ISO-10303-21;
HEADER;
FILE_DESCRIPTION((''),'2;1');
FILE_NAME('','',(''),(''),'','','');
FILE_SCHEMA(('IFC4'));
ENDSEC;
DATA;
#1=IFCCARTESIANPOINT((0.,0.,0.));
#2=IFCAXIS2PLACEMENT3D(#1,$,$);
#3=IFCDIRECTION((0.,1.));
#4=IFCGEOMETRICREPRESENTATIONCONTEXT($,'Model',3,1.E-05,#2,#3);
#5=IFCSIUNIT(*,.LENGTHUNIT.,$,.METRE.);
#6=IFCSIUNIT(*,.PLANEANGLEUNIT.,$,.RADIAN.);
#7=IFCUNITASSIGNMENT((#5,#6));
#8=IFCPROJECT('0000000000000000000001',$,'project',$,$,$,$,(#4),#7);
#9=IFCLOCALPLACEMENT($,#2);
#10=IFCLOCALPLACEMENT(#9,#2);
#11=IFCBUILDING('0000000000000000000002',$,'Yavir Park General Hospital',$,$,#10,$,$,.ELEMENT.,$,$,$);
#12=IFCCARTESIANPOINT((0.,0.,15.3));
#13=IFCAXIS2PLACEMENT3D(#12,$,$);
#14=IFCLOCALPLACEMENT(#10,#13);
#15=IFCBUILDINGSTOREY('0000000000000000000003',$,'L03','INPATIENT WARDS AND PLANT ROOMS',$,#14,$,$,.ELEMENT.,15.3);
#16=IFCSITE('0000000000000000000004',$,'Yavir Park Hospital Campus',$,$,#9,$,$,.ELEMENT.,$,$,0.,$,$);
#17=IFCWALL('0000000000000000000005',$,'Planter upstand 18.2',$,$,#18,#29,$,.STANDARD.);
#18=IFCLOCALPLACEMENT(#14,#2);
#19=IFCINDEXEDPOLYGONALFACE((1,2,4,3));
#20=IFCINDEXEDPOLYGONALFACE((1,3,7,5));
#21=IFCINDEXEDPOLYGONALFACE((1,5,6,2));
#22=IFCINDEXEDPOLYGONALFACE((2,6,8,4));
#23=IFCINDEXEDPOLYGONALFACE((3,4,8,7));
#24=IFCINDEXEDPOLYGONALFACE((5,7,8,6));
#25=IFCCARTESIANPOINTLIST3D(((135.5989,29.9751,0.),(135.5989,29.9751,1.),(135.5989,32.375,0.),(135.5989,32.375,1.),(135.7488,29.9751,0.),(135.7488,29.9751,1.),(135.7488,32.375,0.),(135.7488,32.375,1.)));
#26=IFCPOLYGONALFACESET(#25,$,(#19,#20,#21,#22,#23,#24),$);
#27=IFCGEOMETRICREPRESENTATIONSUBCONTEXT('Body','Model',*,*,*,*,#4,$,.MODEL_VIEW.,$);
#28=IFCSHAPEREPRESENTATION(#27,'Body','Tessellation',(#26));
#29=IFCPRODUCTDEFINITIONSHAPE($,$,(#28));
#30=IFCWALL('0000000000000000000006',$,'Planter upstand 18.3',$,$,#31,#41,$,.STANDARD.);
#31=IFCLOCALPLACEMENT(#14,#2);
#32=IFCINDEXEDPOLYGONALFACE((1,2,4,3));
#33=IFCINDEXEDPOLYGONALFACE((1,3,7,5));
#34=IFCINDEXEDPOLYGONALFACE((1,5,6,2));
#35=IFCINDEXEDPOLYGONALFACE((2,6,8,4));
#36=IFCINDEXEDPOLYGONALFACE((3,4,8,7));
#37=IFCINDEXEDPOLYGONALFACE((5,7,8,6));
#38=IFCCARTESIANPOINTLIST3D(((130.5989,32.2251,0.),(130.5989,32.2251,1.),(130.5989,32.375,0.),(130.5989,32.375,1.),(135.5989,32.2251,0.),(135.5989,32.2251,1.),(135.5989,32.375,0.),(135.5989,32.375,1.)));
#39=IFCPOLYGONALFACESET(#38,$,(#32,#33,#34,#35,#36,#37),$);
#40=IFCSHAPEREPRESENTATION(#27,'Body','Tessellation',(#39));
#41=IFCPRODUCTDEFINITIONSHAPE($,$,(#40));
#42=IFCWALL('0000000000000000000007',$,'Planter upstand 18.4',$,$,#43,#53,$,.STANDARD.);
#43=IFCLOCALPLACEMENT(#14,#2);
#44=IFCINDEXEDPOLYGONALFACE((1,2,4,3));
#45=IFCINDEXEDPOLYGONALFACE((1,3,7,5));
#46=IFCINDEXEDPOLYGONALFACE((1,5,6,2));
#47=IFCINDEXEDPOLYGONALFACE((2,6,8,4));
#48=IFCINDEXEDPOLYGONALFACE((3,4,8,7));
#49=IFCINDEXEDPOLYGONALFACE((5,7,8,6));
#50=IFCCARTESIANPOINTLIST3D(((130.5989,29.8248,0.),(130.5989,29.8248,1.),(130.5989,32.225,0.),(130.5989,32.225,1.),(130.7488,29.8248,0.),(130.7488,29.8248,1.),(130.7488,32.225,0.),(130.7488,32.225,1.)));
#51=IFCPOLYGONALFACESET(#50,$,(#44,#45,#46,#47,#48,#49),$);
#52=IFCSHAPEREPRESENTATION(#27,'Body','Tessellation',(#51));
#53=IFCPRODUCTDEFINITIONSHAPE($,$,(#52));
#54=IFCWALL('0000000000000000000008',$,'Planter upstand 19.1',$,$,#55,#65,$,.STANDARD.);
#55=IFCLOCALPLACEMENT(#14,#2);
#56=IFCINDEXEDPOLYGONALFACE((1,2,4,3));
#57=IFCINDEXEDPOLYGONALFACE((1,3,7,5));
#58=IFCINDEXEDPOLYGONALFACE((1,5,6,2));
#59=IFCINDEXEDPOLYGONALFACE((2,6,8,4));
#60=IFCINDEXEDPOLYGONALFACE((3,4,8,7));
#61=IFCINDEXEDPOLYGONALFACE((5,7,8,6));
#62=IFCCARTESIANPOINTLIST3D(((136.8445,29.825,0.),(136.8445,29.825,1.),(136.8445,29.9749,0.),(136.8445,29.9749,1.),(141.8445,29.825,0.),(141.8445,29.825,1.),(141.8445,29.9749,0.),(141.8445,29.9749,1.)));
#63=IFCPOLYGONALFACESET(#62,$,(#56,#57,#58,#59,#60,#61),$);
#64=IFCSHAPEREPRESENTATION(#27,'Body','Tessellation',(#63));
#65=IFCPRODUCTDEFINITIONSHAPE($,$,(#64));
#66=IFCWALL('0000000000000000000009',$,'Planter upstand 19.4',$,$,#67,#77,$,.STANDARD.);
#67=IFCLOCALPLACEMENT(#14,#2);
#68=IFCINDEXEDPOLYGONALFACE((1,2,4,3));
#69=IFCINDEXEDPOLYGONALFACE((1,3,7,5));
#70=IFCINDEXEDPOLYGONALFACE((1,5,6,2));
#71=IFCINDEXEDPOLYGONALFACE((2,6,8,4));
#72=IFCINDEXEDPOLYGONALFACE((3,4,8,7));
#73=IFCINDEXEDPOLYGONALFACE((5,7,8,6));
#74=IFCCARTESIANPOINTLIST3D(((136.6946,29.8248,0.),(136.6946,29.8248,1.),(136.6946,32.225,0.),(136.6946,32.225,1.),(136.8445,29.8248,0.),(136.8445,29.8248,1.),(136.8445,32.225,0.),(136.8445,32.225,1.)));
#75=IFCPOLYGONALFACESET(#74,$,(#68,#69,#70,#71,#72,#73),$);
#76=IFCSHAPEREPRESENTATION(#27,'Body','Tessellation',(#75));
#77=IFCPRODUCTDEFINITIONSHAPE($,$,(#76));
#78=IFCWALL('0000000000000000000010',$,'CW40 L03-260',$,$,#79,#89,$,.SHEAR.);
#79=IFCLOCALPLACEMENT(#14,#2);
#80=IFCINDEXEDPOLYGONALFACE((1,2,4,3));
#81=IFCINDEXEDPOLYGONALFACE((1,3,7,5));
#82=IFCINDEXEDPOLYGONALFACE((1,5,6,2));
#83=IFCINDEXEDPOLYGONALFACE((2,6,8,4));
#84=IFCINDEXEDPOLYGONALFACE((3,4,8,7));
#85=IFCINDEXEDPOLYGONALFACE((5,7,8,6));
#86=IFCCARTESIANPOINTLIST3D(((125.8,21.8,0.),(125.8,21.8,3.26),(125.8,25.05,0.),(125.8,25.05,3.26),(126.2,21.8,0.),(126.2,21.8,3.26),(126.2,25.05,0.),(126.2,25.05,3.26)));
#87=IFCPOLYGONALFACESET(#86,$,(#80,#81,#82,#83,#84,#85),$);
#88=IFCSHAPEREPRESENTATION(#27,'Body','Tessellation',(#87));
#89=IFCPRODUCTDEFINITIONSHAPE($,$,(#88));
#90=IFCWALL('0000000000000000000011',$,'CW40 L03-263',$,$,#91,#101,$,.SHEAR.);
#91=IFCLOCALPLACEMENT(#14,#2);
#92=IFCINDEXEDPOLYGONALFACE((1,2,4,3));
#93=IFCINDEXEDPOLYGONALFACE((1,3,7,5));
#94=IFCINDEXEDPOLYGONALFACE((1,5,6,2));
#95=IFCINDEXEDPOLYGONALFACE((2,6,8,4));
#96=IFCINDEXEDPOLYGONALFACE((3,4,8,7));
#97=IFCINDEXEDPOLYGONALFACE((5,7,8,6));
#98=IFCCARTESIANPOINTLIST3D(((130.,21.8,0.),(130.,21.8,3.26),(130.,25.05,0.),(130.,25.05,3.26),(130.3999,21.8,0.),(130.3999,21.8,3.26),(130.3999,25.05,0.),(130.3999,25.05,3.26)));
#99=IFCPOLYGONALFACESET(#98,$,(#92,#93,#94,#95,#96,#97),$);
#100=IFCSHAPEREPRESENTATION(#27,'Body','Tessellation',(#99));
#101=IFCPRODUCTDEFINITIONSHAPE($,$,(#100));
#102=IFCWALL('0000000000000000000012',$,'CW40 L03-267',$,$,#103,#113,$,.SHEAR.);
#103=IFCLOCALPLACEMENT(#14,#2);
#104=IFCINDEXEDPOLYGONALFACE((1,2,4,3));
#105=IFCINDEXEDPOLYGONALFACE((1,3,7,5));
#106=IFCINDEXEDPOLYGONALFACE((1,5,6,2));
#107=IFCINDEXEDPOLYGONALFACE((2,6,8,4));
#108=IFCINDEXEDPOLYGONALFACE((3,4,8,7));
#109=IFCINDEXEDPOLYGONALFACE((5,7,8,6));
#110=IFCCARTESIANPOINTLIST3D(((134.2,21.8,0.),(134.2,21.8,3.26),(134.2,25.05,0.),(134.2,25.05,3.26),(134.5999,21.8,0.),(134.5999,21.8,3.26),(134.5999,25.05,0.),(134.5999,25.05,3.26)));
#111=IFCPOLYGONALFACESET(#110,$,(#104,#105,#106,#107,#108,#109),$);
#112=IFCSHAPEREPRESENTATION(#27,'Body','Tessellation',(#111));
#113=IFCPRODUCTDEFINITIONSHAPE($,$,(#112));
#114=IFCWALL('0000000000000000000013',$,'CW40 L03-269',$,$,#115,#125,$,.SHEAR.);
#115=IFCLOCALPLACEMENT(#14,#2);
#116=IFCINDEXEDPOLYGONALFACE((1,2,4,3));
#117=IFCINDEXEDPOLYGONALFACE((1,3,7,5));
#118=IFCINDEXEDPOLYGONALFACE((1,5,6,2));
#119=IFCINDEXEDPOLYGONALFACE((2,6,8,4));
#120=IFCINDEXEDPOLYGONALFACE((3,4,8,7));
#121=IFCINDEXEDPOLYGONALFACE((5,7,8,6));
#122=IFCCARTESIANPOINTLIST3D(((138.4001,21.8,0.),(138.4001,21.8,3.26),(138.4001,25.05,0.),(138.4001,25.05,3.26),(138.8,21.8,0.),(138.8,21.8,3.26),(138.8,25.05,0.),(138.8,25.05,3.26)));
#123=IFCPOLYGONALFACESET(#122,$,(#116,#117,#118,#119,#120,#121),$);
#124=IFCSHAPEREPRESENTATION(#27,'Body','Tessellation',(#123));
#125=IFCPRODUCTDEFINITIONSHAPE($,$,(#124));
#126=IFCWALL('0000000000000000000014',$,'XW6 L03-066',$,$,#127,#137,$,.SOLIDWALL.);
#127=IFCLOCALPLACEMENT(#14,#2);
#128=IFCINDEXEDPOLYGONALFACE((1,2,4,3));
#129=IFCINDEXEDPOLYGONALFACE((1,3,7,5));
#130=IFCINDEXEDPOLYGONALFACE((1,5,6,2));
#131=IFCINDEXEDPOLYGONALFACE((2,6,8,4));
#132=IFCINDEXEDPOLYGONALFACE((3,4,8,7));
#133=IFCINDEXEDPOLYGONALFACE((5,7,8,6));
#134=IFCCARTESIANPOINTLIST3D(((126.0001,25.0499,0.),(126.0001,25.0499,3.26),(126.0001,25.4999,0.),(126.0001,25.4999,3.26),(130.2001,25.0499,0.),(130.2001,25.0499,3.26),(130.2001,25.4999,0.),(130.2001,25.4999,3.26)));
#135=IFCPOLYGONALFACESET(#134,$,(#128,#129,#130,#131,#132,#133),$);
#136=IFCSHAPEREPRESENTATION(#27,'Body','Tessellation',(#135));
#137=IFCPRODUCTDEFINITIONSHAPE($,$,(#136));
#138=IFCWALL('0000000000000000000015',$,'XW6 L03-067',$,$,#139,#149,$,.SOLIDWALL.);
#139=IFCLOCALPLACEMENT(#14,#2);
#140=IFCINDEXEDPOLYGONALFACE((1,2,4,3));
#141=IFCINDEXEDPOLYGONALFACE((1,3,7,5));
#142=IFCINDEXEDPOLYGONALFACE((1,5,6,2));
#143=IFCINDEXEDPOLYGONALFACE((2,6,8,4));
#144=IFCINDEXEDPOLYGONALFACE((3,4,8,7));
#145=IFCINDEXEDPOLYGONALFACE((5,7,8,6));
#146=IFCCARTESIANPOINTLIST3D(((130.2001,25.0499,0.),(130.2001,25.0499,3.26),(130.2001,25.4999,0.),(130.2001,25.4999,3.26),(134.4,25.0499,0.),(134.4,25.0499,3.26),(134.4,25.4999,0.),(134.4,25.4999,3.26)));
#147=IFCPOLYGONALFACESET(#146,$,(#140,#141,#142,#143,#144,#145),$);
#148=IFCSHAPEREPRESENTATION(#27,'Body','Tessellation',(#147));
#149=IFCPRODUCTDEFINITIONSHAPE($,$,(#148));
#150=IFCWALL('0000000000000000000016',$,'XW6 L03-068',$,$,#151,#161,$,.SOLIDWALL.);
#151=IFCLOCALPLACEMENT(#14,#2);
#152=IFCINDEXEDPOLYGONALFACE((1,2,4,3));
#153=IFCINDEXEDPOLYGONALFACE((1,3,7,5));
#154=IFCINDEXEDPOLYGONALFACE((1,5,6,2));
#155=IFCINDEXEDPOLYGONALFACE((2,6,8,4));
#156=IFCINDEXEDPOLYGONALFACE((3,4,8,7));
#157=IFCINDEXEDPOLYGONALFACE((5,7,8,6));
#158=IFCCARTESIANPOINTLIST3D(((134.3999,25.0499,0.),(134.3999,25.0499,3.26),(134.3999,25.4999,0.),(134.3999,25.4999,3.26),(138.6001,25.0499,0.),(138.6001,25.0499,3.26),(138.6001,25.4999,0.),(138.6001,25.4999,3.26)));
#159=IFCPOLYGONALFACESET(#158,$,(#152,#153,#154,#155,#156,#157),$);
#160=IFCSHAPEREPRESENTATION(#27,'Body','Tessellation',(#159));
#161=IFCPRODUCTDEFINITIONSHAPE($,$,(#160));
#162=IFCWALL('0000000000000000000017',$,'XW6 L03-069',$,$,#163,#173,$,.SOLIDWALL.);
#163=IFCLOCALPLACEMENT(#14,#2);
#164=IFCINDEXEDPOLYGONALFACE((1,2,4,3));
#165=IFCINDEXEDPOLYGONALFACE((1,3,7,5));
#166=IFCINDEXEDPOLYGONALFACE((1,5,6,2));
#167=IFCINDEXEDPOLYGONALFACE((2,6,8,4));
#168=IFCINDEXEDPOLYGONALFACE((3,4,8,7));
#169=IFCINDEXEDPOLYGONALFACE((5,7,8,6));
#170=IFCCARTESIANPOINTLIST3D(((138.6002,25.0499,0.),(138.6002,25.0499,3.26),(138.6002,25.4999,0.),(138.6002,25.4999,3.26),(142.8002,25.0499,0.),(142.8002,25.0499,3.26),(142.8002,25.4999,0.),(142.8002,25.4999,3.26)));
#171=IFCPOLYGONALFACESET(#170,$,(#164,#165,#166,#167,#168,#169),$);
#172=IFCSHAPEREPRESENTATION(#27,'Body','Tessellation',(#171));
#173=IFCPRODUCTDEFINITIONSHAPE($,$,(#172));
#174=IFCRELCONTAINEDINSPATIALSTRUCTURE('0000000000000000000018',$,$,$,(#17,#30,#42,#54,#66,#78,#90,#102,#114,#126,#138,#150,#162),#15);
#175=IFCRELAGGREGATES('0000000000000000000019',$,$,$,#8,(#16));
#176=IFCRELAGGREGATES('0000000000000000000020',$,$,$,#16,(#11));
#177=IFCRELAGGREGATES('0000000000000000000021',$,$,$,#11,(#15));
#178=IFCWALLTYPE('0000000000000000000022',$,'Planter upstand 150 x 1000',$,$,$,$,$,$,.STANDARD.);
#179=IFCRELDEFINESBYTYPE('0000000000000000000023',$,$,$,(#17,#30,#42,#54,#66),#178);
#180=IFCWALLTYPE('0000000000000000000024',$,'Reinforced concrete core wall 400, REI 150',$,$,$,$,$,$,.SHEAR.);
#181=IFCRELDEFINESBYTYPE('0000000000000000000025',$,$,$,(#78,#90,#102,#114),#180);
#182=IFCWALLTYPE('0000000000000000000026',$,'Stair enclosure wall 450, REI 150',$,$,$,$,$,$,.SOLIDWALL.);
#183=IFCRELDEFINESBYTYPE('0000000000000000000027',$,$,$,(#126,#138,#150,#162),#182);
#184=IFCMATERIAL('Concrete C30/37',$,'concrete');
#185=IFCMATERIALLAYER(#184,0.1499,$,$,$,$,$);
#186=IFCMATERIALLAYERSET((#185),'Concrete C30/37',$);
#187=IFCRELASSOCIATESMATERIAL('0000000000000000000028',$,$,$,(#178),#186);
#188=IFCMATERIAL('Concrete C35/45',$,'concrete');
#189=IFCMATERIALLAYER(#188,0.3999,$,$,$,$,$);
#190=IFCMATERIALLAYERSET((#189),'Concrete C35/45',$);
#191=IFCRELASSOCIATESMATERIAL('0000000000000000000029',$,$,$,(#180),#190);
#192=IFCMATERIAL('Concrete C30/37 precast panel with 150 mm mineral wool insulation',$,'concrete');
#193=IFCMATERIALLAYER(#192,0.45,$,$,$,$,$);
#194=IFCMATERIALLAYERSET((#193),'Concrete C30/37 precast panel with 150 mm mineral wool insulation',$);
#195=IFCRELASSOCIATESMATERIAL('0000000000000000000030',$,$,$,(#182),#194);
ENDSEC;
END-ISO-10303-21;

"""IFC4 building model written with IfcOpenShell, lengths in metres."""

from ifc_helpers import new_model, si_unit, direction, frame, frame_2d, origin, place, context, subcontext, project, spatial, rectangle, extrude, material, layer, layer_set, type_object, element, save


model = new_model("IFC4")

# Units and contexts
model_context = context("Model", 3, precision=1e-05, world=origin(), true_north=direction((0.0, 1.0)))
body_context = subcontext(model_context, "Body", "Model", "MODEL_VIEW")
ifc_project = project(units=[si_unit("LENGTHUNIT", "METRE"), si_unit("PLANEANGLEUNIT", "RADIAN")], contexts=[model_context])

# Site, building, storey
site_placement = place(None, origin())
site = spatial("IfcSite", under=ifc_project, at=site_placement, Name="Yavir Park Hospital Campus", CompositionType="ELEMENT", RefElevation=0.0)
building_placement = place(site_placement, origin())
building = spatial("IfcBuilding", under=site, at=building_placement, Name="Yavir Park General Hospital", CompositionType="ELEMENT")
storey_placement = place(building_placement, frame((0.0, 0.0, 15.3)))
storey = spatial("IfcBuildingStorey", under=building, at=storey_placement, Name="L03", Description="INPATIENT WARDS AND PLANT ROOMS", CompositionType="ELEMENT", Elevation=15.3)

# Walls
ifc_material_1 = material(Name="Concrete C30/37", Category="concrete")
ifc_layer_1 = layer(ifc_material_1, 0.1499)
ifc_layer_set_1 = layer_set([ifc_layer_1], Name="Concrete C30/37")
wall_type_1 = type_object("IfcWallType", Name="Planter upstand 150 x 1000", PredefinedType="STANDARD", material=ifc_layer_set_1)
wall_1_placement = place(storey_placement, frame((135.6738, 29.9751, 0.0), z_axis=(0.0, 0.0, 1.0), x_axis=(0.0, 1.0, 0.0)))
element("IfcWall", 1, at=wall_1_placement, inside=storey, type_object=wall_type_1, Name="Planter upstand 18.2", PredefinedType="STANDARD", context=body_context, shape_type="SweptSolid", body=[
    extrude(rectangle(XDim=2.3999, YDim=0.1499, at=frame_2d((1.2, 0.0))), origin(), (0.0, 0.0, 1.0), 1.0),
])
wall_2_placement = place(storey_placement, frame((135.5989, 32.3, 0.0), z_axis=(0.0, 0.0, 1.0), x_axis=(-1.0, 0.0, 0.0)))
element("IfcWall", 2, at=wall_2_placement, inside=storey, type_object=wall_type_1, Name="Planter upstand 18.3", PredefinedType="STANDARD", context=body_context, shape_type="SweptSolid", body=[
    extrude(rectangle(XDim=5.0, YDim=0.1499, at=frame_2d((2.5, 0.0))), origin(), (0.0, 0.0, 1.0), 1.0),
])
wall_3_placement = place(storey_placement, frame((130.6738, 32.2251, 0.0), z_axis=(0.0, 0.0, 1.0), x_axis=(0.0, -1.0, 0.0)))
element("IfcWall", 3, at=wall_3_placement, inside=storey, type_object=wall_type_1, Name="Planter upstand 18.4", PredefinedType="STANDARD", context=body_context, shape_type="SweptSolid", body=[
    extrude(rectangle(XDim=2.4001, YDim=0.1499, at=frame_2d((1.2002, 0.0))), origin(), (0.0, 0.0, 1.0), 1.0),
])
wall_4_placement = place(storey_placement, frame((136.8445, 29.8999, 0.0), z_axis=(0.0, 0.0, 1.0), x_axis=(1.0, 0.0, 0.0)))
element("IfcWall", 4, at=wall_4_placement, inside=storey, type_object=wall_type_1, Name="Planter upstand 19.1", PredefinedType="STANDARD", context=body_context, shape_type="SweptSolid", body=[
    extrude(rectangle(XDim=5.0, YDim=0.1499, at=frame_2d((2.5, 0.0))), origin(), (0.0, 0.0, 1.0), 1.0),
])
wall_5_placement = place(storey_placement, frame((136.7695, 32.2251, 0.0), z_axis=(0.0, 0.0, 1.0), x_axis=(0.0, -1.0, 0.0)))
element("IfcWall", 5, at=wall_5_placement, inside=storey, type_object=wall_type_1, Name="Planter upstand 19.4", PredefinedType="STANDARD", context=body_context, shape_type="SweptSolid", body=[
    extrude(rectangle(XDim=2.4001, YDim=0.1499, at=frame_2d((1.2002, 0.0))), origin(), (0.0, 0.0, 1.0), 1.0),
])
ifc_material_2 = material(Name="Concrete C35/45", Category="concrete")
ifc_layer_2 = layer(ifc_material_2, 0.3999)
ifc_layer_set_2 = layer_set([ifc_layer_2], Name="Concrete C35/45")
wall_type_2 = type_object("IfcWallType", Name="Reinforced concrete core wall 400, REI 150", PredefinedType="SHEAR", material=ifc_layer_set_2)
for number, where, z_axis, x_axis, name in (
    (6, (126.0, 21.8, 0.0), (0.0, 0.0, 1.0), (0.0, 1.0, 0.0), "CW40 L03-260"),
    (7, (130.2, 21.8, 0.0), (0.0, 0.0, 1.0), (0.0, 1.0, 0.0), "CW40 L03-263"),
    (8, (134.3999, 21.8, 0.0), (0.0, 0.0, 1.0), (0.0, 1.0, 0.0), "CW40 L03-267"),
    (9, (138.6001, 21.8, 0.0), (0.0, 0.0, 1.0), (0.0, 1.0, 0.0), "CW40 L03-269"),
):
    element("IfcWall", number, at=place(storey_placement, frame(where, z_axis=z_axis, x_axis=x_axis)), inside=storey, type_object=wall_type_2, Name=name, PredefinedType="SHEAR", context=body_context, shape_type="SweptSolid", body=[
        extrude(rectangle(XDim=3.25, YDim=0.3999, at=frame_2d((1.625, 0.0))), origin(), (0.0, 0.0, 1.0), 3.26),
    ])
ifc_material_3 = material(Name="Concrete C30/37 precast panel with 150 mm mineral wool insulation", Category="concrete")
ifc_layer_3 = layer(ifc_material_3, 0.45)
ifc_layer_set_3 = layer_set([ifc_layer_3], Name="Concrete C30/37 precast panel with 150 mm mineral wool insulation")
wall_type_3 = type_object("IfcWallType", Name="Stair enclosure wall 450, REI 150", PredefinedType="SOLIDWALL", material=ifc_layer_set_3)
for number, where, z_axis, x_axis, name in (
    (10, (126.0, 25.2749, 0.0), (0.0, 0.0, 1.0), (1.0, 0.0, 0.0), "XW6 L03-066"),
    (11, (130.2, 25.2749, 0.0), (0.0, 0.0, 1.0), (1.0, 0.0, 0.0), "XW6 L03-067"),
):
    element("IfcWall", number, at=place(storey_placement, frame(where, z_axis=z_axis, x_axis=x_axis)), inside=storey, type_object=wall_type_3, Name=name, PredefinedType="SOLIDWALL", context=body_context, shape_type="SweptSolid", body=[
        extrude(rectangle(XDim=4.2, YDim=0.45, at=frame_2d((2.1001, 0.0))), origin(), (0.0, 0.0, 1.0), 3.26),
    ])
wall_6_placement = place(storey_placement, frame((134.3999, 25.2749, 0.0), z_axis=(0.0, 0.0, 1.0), x_axis=(1.0, 0.0, 0.0)))
element("IfcWall", 12, at=wall_6_placement, inside=storey, type_object=wall_type_3, Name="XW6 L03-068", PredefinedType="SOLIDWALL", context=body_context, shape_type="SweptSolid", body=[
    extrude(rectangle(XDim=4.2002, YDim=0.45, at=frame_2d((2.1001, 0.0))), origin(), (0.0, 0.0, 1.0), 3.26),
])
wall_7_placement = place(storey_placement, frame((138.6001, 25.2749, 0.0), z_axis=(0.0, 0.0, 1.0), x_axis=(1.0, 0.0, 0.0)))
element("IfcWall", 13, at=wall_7_placement, inside=storey, type_object=wall_type_3, Name="XW6 L03-069", PredefinedType="SOLIDWALL", context=body_context, shape_type="SweptSolid", body=[
    extrude(rectangle(XDim=4.2, YDim=0.45, at=frame_2d((2.1001, 0.0))), origin(), (0.0, 0.0, 1.0), 3.26),
])

save(model, "model.ifc")
